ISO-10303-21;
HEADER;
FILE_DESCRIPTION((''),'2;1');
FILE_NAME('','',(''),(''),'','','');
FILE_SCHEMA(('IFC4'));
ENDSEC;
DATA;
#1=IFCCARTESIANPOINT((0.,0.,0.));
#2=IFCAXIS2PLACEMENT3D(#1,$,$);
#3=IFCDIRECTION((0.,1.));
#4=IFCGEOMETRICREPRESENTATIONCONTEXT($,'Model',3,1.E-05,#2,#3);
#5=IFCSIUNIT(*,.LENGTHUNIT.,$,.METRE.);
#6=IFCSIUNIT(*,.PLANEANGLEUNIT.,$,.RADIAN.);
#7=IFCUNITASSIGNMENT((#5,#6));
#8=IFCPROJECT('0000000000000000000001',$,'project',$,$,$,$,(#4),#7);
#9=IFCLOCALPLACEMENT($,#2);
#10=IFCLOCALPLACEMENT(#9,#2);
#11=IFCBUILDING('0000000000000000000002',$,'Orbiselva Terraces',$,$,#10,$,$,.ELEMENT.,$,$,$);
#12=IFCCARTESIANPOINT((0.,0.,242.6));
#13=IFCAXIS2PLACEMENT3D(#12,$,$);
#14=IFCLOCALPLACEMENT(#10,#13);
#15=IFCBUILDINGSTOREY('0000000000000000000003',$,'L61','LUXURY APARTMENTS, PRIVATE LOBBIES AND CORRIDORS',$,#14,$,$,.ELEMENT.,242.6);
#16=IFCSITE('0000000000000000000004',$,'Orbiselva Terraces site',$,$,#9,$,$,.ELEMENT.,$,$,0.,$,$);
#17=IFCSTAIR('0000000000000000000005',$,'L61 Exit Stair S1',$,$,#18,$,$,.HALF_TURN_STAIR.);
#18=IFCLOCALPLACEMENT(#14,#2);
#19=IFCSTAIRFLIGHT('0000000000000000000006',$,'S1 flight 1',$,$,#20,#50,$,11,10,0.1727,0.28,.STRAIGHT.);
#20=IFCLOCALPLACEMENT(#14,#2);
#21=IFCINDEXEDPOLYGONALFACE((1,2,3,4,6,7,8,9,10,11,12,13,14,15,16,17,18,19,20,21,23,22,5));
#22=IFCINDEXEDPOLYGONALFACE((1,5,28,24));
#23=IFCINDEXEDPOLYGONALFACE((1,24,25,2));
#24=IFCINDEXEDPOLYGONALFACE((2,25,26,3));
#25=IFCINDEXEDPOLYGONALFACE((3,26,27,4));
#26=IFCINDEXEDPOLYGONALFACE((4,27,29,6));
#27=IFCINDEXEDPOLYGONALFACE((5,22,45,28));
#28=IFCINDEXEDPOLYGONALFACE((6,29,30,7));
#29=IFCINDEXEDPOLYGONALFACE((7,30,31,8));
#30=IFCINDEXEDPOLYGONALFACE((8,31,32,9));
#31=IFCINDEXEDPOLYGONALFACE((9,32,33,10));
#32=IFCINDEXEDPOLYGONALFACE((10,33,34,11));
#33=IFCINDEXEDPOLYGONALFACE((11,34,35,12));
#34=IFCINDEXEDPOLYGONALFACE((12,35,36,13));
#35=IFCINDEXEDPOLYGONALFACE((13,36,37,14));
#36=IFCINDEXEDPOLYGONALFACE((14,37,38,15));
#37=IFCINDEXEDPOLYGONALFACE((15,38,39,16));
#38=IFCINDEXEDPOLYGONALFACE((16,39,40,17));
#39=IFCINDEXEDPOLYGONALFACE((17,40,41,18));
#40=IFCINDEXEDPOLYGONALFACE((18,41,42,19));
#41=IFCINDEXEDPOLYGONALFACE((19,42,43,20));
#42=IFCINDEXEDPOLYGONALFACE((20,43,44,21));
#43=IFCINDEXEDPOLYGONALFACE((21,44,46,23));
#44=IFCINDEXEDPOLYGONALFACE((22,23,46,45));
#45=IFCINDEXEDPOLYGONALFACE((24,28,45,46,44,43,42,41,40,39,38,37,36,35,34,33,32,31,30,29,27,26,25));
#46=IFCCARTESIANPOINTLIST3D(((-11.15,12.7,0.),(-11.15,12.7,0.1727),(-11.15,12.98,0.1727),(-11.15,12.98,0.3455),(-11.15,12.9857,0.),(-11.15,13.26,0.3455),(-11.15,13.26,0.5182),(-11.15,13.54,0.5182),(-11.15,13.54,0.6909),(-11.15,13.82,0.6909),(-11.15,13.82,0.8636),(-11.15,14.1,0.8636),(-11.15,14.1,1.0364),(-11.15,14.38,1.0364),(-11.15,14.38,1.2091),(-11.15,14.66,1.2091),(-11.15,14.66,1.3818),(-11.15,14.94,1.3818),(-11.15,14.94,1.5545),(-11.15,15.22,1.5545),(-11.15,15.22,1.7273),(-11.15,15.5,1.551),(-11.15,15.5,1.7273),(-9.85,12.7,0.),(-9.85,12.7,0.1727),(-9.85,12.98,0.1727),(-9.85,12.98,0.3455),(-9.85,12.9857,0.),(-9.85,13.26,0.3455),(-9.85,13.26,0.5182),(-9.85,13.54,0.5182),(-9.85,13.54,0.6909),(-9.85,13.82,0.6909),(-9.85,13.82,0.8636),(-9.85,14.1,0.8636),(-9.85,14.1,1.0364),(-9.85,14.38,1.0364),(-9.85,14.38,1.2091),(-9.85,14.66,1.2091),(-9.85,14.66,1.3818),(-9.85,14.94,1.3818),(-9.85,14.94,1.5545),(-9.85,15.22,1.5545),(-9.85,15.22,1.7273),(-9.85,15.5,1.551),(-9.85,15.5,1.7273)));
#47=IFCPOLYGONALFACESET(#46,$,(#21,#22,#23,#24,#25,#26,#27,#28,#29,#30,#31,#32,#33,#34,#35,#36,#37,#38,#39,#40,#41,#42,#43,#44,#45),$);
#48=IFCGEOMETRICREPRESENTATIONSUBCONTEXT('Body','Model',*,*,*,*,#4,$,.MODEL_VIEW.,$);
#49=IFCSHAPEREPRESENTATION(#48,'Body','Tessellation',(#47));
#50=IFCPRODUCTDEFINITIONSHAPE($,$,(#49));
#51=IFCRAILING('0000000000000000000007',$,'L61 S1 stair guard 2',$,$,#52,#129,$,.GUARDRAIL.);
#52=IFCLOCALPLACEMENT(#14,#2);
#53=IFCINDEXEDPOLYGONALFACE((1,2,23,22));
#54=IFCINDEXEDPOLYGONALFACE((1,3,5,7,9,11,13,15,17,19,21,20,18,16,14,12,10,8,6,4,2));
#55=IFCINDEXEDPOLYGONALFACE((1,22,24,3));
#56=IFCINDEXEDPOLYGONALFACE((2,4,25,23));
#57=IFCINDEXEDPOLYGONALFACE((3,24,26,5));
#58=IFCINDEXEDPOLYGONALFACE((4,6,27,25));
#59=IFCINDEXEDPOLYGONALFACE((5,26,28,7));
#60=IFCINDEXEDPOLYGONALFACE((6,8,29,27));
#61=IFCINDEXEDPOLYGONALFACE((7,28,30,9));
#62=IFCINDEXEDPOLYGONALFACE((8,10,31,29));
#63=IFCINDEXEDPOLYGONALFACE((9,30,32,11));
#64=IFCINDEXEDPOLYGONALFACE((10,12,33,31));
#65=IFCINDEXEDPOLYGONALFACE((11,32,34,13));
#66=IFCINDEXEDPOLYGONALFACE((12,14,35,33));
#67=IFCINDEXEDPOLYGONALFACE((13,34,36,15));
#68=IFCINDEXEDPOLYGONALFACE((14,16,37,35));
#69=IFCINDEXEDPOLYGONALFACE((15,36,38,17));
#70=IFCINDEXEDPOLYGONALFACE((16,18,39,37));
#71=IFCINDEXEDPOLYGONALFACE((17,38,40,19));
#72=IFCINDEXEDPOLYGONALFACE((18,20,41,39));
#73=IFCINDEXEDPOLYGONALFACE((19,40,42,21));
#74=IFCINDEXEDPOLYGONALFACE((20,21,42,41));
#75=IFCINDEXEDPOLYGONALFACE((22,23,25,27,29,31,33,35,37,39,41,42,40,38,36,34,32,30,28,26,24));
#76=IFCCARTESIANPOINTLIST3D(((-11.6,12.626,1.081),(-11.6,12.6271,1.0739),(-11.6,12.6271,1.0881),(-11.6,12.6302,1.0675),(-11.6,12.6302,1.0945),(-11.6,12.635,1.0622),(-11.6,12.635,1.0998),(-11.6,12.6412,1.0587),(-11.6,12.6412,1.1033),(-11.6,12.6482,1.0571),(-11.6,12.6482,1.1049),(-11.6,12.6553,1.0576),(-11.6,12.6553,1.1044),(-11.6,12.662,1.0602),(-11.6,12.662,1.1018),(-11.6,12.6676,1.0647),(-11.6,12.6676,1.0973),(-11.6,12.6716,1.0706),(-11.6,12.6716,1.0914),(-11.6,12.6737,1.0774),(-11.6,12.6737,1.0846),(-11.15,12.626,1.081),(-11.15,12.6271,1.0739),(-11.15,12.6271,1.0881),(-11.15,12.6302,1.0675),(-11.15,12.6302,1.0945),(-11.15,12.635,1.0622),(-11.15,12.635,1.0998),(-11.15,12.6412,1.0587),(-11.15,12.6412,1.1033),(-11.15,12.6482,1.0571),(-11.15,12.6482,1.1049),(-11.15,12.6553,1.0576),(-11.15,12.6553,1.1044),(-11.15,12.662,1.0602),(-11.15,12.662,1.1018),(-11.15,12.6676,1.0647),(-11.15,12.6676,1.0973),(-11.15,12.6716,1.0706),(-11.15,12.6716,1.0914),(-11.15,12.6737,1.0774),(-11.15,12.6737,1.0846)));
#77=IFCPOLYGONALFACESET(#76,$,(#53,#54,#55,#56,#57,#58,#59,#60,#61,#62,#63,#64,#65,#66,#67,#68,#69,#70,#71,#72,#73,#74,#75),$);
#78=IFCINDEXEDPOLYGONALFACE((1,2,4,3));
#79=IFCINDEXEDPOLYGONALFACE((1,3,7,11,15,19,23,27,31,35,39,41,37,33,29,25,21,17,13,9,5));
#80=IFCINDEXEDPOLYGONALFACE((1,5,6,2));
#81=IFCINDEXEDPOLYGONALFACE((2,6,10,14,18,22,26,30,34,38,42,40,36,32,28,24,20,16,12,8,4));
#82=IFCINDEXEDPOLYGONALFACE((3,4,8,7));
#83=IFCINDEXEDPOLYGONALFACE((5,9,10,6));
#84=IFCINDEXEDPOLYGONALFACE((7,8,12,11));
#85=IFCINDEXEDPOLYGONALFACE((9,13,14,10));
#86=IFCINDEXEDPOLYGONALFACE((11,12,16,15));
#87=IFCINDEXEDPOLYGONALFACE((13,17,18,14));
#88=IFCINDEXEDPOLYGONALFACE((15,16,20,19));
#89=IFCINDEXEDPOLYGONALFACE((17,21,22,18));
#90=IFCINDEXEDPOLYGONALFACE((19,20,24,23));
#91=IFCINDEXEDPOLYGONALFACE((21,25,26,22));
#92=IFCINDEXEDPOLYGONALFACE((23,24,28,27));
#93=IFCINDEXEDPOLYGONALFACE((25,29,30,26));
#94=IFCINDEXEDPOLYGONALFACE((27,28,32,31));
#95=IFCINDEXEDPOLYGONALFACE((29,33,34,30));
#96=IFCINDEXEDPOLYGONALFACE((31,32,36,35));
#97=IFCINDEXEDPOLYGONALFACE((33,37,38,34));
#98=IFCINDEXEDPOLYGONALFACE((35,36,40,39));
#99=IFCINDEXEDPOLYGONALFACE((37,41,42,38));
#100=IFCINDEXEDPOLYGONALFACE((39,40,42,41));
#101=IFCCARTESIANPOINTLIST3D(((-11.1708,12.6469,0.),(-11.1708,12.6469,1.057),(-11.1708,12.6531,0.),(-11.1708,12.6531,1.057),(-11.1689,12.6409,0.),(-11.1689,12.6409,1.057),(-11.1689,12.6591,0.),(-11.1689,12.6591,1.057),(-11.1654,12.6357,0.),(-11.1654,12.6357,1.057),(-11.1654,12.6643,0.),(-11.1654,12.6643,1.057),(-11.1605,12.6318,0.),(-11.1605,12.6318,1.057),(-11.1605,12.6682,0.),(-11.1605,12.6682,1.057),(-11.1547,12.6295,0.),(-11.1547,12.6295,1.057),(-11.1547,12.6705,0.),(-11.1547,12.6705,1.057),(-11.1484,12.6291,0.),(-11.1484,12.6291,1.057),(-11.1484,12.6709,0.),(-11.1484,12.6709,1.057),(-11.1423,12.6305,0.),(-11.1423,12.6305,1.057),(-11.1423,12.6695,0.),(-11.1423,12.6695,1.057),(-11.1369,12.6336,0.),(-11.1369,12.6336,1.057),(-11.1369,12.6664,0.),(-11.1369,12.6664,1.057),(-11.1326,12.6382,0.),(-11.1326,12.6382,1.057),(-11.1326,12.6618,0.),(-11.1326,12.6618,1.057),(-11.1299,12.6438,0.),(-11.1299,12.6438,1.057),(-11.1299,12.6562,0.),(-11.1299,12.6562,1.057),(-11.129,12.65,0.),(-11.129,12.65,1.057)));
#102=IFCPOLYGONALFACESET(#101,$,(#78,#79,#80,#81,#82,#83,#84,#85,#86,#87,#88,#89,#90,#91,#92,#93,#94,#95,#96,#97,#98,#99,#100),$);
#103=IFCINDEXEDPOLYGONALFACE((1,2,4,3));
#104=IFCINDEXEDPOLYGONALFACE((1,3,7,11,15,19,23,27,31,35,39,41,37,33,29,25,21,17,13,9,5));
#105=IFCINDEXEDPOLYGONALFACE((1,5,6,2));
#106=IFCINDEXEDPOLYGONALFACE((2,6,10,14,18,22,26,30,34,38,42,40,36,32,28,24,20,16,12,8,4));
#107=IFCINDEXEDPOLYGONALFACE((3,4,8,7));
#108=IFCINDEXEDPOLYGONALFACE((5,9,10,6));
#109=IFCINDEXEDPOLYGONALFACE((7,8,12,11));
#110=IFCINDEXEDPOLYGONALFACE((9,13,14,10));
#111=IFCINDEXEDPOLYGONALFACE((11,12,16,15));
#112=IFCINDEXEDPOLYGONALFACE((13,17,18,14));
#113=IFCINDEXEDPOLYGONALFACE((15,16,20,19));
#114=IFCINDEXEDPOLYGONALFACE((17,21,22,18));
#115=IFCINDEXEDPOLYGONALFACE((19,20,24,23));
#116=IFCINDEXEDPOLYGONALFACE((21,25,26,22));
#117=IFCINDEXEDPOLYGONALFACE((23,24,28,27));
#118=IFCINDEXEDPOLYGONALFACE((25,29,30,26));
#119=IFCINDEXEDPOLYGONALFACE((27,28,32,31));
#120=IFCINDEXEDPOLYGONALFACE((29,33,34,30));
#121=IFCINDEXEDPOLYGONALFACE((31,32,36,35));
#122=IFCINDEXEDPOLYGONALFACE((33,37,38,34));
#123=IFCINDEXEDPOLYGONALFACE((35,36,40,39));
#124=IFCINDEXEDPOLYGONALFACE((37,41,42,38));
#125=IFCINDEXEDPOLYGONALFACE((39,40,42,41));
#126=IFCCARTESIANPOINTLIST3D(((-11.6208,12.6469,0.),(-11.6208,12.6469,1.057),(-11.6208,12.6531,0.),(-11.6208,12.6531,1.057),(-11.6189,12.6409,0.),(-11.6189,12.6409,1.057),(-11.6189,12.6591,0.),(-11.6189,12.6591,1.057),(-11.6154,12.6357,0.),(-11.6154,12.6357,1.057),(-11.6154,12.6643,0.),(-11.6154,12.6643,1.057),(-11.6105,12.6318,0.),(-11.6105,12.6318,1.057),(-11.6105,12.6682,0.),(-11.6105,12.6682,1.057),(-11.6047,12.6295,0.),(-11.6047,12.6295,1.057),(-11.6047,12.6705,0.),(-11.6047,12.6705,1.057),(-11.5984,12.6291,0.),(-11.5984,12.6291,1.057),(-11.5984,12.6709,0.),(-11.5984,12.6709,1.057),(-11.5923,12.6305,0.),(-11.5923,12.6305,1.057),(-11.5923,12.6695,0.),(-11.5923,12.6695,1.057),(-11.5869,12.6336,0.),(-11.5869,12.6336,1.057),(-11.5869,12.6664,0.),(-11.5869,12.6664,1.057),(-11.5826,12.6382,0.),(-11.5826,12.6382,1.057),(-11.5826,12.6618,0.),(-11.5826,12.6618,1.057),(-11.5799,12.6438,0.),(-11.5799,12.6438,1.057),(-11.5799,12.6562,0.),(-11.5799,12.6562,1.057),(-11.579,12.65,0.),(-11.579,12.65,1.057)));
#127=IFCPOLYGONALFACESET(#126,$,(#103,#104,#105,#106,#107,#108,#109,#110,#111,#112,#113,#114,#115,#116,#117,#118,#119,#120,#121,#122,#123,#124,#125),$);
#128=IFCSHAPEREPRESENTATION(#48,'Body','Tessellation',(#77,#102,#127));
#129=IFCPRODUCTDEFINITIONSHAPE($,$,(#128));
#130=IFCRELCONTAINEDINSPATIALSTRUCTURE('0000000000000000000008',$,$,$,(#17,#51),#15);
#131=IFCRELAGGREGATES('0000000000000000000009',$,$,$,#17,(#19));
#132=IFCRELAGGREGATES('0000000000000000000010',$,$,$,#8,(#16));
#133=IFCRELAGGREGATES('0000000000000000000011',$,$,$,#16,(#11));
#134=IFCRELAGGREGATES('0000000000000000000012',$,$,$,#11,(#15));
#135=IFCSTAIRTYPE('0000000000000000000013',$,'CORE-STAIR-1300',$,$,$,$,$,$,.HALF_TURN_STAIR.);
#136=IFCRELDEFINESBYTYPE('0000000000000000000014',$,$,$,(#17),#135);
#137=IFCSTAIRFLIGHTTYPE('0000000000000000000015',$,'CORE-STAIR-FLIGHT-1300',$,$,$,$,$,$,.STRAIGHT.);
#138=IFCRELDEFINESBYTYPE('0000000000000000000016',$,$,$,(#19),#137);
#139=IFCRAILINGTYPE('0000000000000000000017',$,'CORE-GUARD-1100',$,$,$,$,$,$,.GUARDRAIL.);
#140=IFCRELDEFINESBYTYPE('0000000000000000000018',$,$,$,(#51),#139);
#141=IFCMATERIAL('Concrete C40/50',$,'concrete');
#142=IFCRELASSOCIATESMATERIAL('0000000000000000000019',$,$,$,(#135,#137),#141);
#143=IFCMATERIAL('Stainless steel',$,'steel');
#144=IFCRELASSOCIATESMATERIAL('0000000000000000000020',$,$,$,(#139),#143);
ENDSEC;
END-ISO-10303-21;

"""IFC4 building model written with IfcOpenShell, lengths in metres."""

from ifc_helpers import new_model, si_unit, direction, frame, origin, origin_2d, place, context, subcontext, project, spatial, polyline, circle, outline, extrude, material, type_object, element, aggregate, save


model = new_model("IFC4")

# Units and contexts
model_context = context("Model", 3, precision=1e-05, world=origin(), true_north=direction((0.0, 1.0)))
body_context = subcontext(model_context, "Body", "Model", "MODEL_VIEW")
ifc_project = project(units=[si_unit("LENGTHUNIT", "METRE"), si_unit("PLANEANGLEUNIT", "RADIAN")], contexts=[model_context])

# Site, building, storey
site_placement = place(None, origin())
site = spatial("IfcSite", under=ifc_project, at=site_placement, Name="Orbiselva Terraces site", CompositionType="ELEMENT", RefElevation=0.0)
building_placement = place(site_placement, origin())
building = spatial("IfcBuilding", under=site, at=building_placement, Name="Orbiselva Terraces", CompositionType="ELEMENT")
storey_placement = place(building_placement, frame((0.0, 0.0, 242.6)))
storey = spatial("IfcBuildingStorey", under=building, at=storey_placement, Name="L61", Description="LUXURY APARTMENTS, PRIVATE LOBBIES AND CORRIDORS", CompositionType="ELEMENT", Elevation=242.6)

# Shared definitions
ifc_material_1 = material(Name="Concrete C40/50", Category="concrete")

# Stair, stair flight
stair_type = type_object("IfcStairType", Name="CORE-STAIR-1300", PredefinedType="HALF_TURN_STAIR", material=ifc_material_1)
stair_placement = place(storey_placement, origin())
stair = element("IfcStair", 1, at=stair_placement, inside=storey, type_object=stair_type, Name="L61 Exit Stair S1", PredefinedType="HALF_TURN_STAIR")
stair_flight_type = type_object("IfcStairFlightType", Name="CORE-STAIR-FLIGHT-1300", PredefinedType="STRAIGHT", material=ifc_material_1)
stair_flight_placement = place(storey_placement, frame((-10.5, 12.7, 0.0), z_axis=(0.0, 0.0, 1.0), x_axis=(0.0, 1.0, 0.0)))
stair_flight = element("IfcStairFlight", 2, at=stair_flight_placement, type_object=stair_flight_type, Name="S1 flight 1", NumberOfRisers=11, NumberOfTreads=10, PredefinedType="STRAIGHT", RiserHeight=0.1727, TreadLength=0.28, context=body_context, shape_type="SweptSolid", body=[
    extrude(outline(polyline([(0.0, 0.0), (0.0, 0.1727), (0.28, 0.1727), (0.28, 0.3455), (0.56, 0.3455), (0.56, 0.5182), (0.84, 0.5182), (0.84, 0.6909), (1.12, 0.6909), (1.12, 0.8636), (1.4, 0.8636), (1.4, 1.0364), (1.68, 1.0364), (1.68, 1.2091), (1.96, 1.2091), (1.96, 1.3818), (2.24, 1.3818), (2.24, 1.5545), (2.52, 1.5545), (2.52, 1.7273), (2.8, 1.7273), (2.8, 1.9), (2.8, 1.551), (0.2857, 0.0), (0.0, 0.0)])), frame((0.0, 0.65, 0.0), z_axis=(0.0, -1.0, 0.0), x_axis=(1.0, 0.0, 0.0)), (0.0, 0.0, 1.0), 1.3),
])
aggregate(stair, [stair_flight])

# Railing
ifc_material_2 = material(Name="Stainless steel", Category="steel")
railing_type_1 = type_object("IfcRailingType", Name="CORE-GUARD-1100", PredefinedType="GUARDRAIL", material=ifc_material_2)
railing_1_placement = place(storey_placement, frame((-11.15, 12.65, 0.0)))
element("IfcRailing", 3, at=railing_1_placement, inside=storey, type_object=railing_type_1, Name="L61 S1 stair guard 2", PredefinedType="GUARDRAIL", context=body_context, shape_type="SweptSolid", body=[
    extrude(circle(Radius=0.024, at=origin_2d()), frame((0.0, 0.0, 1.081), z_axis=(-1.0, 0.0, 0.0), x_axis=(0.0, -1.0, 0.0)), (0.0, 0.0, 1.0), 0.45),
    extrude(circle(Radius=0.021, at=origin_2d()), origin(), (0.0, 0.0, 1.0), 1.057),
    extrude(circle(Radius=0.021, at=origin_2d()), frame((-0.45, 0.0, 0.0)), (0.0, 0.0, 1.0), 1.057),
])

save(model, "model.ifc")
